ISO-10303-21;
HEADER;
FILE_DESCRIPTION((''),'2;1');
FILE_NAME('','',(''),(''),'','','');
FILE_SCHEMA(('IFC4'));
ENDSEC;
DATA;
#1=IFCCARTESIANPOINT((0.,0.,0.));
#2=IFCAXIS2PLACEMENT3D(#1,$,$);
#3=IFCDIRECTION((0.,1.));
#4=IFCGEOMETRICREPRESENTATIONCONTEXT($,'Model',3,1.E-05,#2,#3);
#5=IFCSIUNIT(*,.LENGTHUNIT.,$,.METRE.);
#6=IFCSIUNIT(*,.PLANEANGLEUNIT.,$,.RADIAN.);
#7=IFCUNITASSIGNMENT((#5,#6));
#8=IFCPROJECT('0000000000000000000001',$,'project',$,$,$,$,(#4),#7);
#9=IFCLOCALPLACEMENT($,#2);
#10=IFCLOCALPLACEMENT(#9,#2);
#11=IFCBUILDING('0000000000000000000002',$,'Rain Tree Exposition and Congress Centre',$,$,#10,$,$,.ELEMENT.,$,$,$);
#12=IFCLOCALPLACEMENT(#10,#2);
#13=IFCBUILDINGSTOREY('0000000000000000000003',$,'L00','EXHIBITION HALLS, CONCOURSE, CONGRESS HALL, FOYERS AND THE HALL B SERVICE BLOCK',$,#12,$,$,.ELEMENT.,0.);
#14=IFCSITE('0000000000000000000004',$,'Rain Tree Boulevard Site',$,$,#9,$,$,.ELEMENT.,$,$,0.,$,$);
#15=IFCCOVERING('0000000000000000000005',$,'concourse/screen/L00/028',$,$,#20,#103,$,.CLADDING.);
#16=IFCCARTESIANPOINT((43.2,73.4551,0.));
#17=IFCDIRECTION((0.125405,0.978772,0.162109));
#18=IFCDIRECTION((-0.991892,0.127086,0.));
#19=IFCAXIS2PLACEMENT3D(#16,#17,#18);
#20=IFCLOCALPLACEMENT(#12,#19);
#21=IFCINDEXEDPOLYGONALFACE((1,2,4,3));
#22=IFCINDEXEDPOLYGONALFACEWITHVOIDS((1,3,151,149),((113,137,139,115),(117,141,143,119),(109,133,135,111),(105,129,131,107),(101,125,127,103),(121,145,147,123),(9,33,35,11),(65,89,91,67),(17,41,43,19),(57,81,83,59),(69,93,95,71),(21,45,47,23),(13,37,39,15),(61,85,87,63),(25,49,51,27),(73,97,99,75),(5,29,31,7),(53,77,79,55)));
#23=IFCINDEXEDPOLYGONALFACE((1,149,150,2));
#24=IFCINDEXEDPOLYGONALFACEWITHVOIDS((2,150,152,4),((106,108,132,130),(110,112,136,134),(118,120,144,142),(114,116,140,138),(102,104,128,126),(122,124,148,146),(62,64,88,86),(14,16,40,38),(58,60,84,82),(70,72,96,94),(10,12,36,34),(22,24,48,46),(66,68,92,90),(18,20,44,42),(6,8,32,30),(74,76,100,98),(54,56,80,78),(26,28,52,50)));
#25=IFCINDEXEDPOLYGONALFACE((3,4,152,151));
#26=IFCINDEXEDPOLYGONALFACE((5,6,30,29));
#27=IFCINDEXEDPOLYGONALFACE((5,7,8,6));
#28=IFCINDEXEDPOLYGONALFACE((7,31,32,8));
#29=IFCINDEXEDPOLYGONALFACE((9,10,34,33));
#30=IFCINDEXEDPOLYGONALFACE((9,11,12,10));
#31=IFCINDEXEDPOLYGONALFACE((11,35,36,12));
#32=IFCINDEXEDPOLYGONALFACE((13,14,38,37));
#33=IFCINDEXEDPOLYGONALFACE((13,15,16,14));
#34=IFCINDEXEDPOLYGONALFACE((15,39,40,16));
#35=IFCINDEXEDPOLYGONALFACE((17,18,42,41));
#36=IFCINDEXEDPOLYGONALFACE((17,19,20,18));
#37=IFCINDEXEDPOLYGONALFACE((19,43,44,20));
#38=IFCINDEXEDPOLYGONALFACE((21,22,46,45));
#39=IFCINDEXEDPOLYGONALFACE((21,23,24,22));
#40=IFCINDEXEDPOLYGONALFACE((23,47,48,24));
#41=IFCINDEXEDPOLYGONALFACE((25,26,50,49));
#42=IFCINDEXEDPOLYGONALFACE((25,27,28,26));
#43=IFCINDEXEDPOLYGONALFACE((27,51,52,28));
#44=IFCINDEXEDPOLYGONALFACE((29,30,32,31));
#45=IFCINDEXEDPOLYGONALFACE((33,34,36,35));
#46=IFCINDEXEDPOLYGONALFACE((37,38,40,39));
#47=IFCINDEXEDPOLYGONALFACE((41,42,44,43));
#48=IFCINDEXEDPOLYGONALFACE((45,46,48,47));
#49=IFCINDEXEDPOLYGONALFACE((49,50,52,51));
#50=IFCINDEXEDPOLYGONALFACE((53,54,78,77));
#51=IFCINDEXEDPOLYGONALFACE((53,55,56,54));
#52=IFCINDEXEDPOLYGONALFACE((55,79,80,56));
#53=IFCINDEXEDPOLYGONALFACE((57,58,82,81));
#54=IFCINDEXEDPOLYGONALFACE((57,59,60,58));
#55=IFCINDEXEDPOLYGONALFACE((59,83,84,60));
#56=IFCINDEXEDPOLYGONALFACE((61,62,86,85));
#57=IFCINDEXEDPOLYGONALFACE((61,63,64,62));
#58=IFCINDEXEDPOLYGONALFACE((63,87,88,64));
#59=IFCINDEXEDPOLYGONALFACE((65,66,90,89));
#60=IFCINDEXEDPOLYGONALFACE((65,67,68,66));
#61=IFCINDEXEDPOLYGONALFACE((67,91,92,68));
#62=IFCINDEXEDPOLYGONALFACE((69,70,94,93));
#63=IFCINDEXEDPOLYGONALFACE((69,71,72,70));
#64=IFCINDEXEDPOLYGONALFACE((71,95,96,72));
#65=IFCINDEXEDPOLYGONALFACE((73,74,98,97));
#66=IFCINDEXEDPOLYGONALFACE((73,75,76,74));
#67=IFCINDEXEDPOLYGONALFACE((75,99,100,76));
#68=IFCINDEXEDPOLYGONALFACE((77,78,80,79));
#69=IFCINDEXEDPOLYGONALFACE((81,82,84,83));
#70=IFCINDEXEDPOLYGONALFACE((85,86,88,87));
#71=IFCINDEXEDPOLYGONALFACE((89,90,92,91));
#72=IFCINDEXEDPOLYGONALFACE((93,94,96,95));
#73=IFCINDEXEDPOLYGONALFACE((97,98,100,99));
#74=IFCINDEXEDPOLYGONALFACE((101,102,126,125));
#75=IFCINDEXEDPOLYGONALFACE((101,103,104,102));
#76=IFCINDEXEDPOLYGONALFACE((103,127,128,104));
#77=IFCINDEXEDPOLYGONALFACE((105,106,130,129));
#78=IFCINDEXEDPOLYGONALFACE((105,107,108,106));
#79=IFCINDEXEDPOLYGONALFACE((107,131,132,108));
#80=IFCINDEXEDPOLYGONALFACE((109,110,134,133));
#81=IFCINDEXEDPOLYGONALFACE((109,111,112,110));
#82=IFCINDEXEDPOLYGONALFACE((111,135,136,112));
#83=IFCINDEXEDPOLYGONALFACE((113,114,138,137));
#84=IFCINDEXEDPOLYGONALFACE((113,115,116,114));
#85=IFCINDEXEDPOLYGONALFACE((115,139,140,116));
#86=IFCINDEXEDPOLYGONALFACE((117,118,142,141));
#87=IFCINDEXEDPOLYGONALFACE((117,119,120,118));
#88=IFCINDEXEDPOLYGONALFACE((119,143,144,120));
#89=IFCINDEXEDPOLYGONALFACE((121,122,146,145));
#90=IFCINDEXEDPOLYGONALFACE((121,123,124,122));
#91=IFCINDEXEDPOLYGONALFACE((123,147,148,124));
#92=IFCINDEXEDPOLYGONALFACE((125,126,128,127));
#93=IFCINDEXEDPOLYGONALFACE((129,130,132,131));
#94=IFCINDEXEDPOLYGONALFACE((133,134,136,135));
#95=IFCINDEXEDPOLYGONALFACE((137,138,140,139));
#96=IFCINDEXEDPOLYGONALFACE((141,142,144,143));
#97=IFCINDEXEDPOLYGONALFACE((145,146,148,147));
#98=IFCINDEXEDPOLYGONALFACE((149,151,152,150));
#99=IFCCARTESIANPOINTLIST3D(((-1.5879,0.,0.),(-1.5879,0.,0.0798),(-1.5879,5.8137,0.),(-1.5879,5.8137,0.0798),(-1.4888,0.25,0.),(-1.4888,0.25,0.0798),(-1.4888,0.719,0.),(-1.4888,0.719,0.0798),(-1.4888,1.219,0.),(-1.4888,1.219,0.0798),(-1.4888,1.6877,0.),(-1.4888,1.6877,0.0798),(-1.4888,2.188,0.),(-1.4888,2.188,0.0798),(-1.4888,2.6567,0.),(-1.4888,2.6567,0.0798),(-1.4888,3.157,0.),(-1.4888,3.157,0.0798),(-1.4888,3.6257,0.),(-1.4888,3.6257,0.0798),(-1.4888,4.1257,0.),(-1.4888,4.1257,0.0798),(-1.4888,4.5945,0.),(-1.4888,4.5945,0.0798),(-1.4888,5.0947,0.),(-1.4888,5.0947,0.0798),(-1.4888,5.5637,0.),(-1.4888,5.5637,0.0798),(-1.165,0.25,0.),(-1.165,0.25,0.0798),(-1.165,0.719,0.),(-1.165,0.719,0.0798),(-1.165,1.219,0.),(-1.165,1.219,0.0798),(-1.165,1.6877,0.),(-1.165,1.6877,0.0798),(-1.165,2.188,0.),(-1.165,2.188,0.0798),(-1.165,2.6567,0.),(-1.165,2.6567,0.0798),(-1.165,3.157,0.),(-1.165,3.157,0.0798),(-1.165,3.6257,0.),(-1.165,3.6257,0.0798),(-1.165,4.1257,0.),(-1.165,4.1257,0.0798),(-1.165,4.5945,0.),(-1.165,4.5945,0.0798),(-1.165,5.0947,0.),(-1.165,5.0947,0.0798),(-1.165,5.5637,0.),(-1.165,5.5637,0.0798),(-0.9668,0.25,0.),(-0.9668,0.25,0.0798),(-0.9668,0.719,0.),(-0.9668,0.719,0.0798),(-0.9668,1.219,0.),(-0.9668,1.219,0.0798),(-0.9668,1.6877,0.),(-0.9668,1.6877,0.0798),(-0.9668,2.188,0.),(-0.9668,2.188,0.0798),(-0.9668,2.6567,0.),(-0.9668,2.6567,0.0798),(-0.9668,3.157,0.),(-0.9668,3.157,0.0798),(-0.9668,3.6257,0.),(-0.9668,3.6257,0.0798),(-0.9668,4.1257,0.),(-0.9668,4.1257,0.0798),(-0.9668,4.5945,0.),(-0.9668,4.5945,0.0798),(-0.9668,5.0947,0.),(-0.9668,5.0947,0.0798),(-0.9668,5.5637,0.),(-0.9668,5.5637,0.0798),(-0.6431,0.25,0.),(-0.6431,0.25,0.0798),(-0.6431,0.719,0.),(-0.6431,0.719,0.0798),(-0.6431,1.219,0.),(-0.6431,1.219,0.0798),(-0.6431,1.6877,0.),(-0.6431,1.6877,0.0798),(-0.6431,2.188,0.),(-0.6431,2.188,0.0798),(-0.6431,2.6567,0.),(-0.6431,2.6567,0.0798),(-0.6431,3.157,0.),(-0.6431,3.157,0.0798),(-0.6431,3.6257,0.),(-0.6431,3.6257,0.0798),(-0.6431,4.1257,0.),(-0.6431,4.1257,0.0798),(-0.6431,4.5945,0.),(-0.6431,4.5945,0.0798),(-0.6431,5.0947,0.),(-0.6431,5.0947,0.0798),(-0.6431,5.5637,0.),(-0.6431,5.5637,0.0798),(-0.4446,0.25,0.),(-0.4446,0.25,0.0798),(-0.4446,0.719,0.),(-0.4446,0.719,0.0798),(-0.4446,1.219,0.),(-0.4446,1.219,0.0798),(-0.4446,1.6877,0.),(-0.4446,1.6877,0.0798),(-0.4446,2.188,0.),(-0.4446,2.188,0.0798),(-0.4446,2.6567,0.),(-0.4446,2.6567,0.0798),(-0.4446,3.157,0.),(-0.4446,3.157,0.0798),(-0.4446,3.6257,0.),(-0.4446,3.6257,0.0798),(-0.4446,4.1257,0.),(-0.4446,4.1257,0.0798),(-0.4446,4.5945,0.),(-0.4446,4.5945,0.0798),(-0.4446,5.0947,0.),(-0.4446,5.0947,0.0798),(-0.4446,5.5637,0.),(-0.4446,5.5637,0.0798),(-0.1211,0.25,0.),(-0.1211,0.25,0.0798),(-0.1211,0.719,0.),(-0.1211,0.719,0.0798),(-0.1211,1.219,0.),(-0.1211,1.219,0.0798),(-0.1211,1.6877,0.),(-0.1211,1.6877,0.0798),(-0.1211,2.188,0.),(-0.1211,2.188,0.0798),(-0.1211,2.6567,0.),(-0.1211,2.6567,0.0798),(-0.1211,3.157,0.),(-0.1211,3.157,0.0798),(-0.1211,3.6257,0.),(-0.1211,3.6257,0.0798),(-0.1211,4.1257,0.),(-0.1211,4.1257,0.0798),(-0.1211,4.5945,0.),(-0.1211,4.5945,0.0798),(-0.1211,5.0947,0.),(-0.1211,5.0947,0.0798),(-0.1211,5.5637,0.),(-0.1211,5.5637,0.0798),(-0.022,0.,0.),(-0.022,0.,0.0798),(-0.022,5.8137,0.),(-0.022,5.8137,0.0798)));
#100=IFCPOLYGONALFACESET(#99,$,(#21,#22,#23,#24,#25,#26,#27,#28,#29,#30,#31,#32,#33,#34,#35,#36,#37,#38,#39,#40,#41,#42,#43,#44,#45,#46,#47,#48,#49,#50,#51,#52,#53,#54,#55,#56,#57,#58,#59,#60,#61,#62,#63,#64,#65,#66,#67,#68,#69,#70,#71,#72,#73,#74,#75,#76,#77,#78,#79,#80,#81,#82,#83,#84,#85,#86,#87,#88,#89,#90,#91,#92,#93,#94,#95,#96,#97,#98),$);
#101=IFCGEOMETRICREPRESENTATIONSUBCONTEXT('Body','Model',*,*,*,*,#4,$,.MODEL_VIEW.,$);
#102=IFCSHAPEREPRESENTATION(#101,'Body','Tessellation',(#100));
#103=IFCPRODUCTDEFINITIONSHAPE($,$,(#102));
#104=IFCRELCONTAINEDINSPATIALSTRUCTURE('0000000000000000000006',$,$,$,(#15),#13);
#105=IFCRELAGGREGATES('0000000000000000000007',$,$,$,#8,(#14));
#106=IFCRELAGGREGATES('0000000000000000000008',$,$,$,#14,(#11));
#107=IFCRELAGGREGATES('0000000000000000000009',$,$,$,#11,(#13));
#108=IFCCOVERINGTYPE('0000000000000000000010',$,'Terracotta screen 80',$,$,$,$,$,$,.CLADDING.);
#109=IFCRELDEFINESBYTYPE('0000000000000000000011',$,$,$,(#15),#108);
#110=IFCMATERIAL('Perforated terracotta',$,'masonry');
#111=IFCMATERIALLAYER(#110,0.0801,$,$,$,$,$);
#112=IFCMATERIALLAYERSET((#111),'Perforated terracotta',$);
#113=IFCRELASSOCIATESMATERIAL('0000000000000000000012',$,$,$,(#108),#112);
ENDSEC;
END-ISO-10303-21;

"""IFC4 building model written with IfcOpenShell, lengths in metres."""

from ifc_helpers import new_model, si_unit, direction, frame, origin, place, context, subcontext, project, spatial, polyline, outline, extrude, material, layer, layer_set, type_object, element, save


model = new_model("IFC4")

# Units and contexts
model_context = context("Model", 3, precision=1e-05, world=origin(), true_north=direction((0.0, 1.0)))
body_context = subcontext(model_context, "Body", "Model", "MODEL_VIEW")
ifc_project = project(units=[si_unit("LENGTHUNIT", "METRE"), si_unit("PLANEANGLEUNIT", "RADIAN")], contexts=[model_context])

# Site, building, storey
site_placement = place(None, origin())
site = spatial("IfcSite", under=ifc_project, at=site_placement, Name="Rain Tree Boulevard Site", CompositionType="ELEMENT", RefElevation=0.0)
building_placement = place(site_placement, origin())
building = spatial("IfcBuilding", under=site, at=building_placement, Name="Rain Tree Exposition and Congress Centre", CompositionType="ELEMENT")
storey_placement = place(building_placement, origin())
storey = spatial("IfcBuildingStorey", under=building, at=storey_placement, Name="L00", Description="EXHIBITION HALLS, CONCOURSE, CONGRESS HALL, FOYERS AND THE HALL B SERVICE BLOCK", CompositionType="ELEMENT", Elevation=0.0)

# Covering
ifc_material_1 = material(Name="Perforated terracotta", Category="masonry")
ifc_layer_1 = layer(ifc_material_1, 0.0801)
ifc_layer_set_1 = layer_set([ifc_layer_1], Name="Perforated terracotta")
covering_type = type_object("IfcCoveringType", Name="Terracotta screen 80", PredefinedType="CLADDING", material=ifc_layer_set_1)
covering_1_placement = place(storey_placement, frame((43.2, 73.4551, 0.0), z_axis=(0.125405, 0.978772, 0.162109), x_axis=(-0.991892, 0.127086, 0.0)))
element("IfcCovering", 1, at=covering_1_placement, inside=storey, type_object=covering_type, Name="concourse/screen/L00/028", PredefinedType="CLADDING", context=body_context, shape_type="SweptSolid", body=[
    extrude(outline(polyline([(-0.022, 0.0), (-1.5879, 0.0), (-1.5879, 5.8137), (-0.022, 5.8137), (-0.022, 0.0)]), holes=[polyline([(-0.1211, 0.25), (-0.1211, 0.719), (-0.4446, 0.719), (-0.4446, 0.25), (-0.1211, 0.25)]), polyline([(-0.1211, 1.219), (-0.1211, 1.6877), (-0.4446, 1.6877), (-0.4446, 1.219), (-0.1211, 1.219)]), polyline([(-0.1211, 2.188), (-0.1211, 2.6567), (-0.4446, 2.6567), (-0.4446, 2.188), (-0.1211, 2.188)]), polyline([(-0.1211, 3.157), (-0.1211, 3.6257), (-0.4446, 3.6257), (-0.4446, 3.157), (-0.1211, 3.157)]), polyline([(-0.1211, 4.1257), (-0.1211, 4.5945), (-0.4446, 4.5945), (-0.4446, 4.1257), (-0.1211, 4.1257)]), polyline([(-0.1211, 5.0947), (-0.1211, 5.5637), (-0.4446, 5.5637), (-0.4446, 5.0947), (-0.1211, 5.0947)]), polyline([(-0.6431, 0.25), (-0.6431, 0.719), (-0.9668, 0.719), (-0.9668, 0.25), (-0.6431, 0.25)]), polyline([(-0.6431, 1.219), (-0.6431, 1.6877), (-0.9668, 1.6877), (-0.9668, 1.219), (-0.6431, 1.219)]), polyline([(-0.6431, 2.188), (-0.6431, 2.6567), (-0.9668, 2.6567), (-0.9668, 2.188), (-0.6431, 2.188)]), polyline([(-0.6431, 3.157), (-0.6431, 3.6257), (-0.9668, 3.6257), (-0.9668, 3.157), (-0.6431, 3.157)]), polyline([(-0.6431, 4.1257), (-0.6431, 4.5945), (-0.9668, 4.5945), (-0.9668, 4.1257), (-0.6431, 4.1257)]), polyline([(-0.6431, 5.0947), (-0.6431, 5.5637), (-0.9668, 5.5637), (-0.9668, 5.0947), (-0.6431, 5.0947)]), polyline([(-1.165, 0.25), (-1.165, 0.719), (-1.4888, 0.719), (-1.4888, 0.25), (-1.165, 0.25)]), polyline([(-1.165, 1.219), (-1.165, 1.6877), (-1.4888, 1.6877), (-1.4888, 1.219), (-1.165, 1.219)]), polyline([(-1.165, 2.188), (-1.165, 2.6567), (-1.4888, 2.6567), (-1.4888, 2.188), (-1.165, 2.188)]), polyline([(-1.165, 3.157), (-1.165, 3.6257), (-1.4888, 3.6257), (-1.4888, 3.157), (-1.165, 3.157)]), polyline([(-1.165, 4.1257), (-1.165, 4.5945), (-1.4888, 4.5945), (-1.4888, 4.1257), (-1.165, 4.1257)]), polyline([(-1.165, 5.0947), (-1.165, 5.5637), (-1.4888, 5.5637), (-1.4888, 5.0947), (-1.165, 5.0947)])]), origin(), (0.0, 0.0, 1.0), 0.0798),
])

save(model, "model.ifc")
